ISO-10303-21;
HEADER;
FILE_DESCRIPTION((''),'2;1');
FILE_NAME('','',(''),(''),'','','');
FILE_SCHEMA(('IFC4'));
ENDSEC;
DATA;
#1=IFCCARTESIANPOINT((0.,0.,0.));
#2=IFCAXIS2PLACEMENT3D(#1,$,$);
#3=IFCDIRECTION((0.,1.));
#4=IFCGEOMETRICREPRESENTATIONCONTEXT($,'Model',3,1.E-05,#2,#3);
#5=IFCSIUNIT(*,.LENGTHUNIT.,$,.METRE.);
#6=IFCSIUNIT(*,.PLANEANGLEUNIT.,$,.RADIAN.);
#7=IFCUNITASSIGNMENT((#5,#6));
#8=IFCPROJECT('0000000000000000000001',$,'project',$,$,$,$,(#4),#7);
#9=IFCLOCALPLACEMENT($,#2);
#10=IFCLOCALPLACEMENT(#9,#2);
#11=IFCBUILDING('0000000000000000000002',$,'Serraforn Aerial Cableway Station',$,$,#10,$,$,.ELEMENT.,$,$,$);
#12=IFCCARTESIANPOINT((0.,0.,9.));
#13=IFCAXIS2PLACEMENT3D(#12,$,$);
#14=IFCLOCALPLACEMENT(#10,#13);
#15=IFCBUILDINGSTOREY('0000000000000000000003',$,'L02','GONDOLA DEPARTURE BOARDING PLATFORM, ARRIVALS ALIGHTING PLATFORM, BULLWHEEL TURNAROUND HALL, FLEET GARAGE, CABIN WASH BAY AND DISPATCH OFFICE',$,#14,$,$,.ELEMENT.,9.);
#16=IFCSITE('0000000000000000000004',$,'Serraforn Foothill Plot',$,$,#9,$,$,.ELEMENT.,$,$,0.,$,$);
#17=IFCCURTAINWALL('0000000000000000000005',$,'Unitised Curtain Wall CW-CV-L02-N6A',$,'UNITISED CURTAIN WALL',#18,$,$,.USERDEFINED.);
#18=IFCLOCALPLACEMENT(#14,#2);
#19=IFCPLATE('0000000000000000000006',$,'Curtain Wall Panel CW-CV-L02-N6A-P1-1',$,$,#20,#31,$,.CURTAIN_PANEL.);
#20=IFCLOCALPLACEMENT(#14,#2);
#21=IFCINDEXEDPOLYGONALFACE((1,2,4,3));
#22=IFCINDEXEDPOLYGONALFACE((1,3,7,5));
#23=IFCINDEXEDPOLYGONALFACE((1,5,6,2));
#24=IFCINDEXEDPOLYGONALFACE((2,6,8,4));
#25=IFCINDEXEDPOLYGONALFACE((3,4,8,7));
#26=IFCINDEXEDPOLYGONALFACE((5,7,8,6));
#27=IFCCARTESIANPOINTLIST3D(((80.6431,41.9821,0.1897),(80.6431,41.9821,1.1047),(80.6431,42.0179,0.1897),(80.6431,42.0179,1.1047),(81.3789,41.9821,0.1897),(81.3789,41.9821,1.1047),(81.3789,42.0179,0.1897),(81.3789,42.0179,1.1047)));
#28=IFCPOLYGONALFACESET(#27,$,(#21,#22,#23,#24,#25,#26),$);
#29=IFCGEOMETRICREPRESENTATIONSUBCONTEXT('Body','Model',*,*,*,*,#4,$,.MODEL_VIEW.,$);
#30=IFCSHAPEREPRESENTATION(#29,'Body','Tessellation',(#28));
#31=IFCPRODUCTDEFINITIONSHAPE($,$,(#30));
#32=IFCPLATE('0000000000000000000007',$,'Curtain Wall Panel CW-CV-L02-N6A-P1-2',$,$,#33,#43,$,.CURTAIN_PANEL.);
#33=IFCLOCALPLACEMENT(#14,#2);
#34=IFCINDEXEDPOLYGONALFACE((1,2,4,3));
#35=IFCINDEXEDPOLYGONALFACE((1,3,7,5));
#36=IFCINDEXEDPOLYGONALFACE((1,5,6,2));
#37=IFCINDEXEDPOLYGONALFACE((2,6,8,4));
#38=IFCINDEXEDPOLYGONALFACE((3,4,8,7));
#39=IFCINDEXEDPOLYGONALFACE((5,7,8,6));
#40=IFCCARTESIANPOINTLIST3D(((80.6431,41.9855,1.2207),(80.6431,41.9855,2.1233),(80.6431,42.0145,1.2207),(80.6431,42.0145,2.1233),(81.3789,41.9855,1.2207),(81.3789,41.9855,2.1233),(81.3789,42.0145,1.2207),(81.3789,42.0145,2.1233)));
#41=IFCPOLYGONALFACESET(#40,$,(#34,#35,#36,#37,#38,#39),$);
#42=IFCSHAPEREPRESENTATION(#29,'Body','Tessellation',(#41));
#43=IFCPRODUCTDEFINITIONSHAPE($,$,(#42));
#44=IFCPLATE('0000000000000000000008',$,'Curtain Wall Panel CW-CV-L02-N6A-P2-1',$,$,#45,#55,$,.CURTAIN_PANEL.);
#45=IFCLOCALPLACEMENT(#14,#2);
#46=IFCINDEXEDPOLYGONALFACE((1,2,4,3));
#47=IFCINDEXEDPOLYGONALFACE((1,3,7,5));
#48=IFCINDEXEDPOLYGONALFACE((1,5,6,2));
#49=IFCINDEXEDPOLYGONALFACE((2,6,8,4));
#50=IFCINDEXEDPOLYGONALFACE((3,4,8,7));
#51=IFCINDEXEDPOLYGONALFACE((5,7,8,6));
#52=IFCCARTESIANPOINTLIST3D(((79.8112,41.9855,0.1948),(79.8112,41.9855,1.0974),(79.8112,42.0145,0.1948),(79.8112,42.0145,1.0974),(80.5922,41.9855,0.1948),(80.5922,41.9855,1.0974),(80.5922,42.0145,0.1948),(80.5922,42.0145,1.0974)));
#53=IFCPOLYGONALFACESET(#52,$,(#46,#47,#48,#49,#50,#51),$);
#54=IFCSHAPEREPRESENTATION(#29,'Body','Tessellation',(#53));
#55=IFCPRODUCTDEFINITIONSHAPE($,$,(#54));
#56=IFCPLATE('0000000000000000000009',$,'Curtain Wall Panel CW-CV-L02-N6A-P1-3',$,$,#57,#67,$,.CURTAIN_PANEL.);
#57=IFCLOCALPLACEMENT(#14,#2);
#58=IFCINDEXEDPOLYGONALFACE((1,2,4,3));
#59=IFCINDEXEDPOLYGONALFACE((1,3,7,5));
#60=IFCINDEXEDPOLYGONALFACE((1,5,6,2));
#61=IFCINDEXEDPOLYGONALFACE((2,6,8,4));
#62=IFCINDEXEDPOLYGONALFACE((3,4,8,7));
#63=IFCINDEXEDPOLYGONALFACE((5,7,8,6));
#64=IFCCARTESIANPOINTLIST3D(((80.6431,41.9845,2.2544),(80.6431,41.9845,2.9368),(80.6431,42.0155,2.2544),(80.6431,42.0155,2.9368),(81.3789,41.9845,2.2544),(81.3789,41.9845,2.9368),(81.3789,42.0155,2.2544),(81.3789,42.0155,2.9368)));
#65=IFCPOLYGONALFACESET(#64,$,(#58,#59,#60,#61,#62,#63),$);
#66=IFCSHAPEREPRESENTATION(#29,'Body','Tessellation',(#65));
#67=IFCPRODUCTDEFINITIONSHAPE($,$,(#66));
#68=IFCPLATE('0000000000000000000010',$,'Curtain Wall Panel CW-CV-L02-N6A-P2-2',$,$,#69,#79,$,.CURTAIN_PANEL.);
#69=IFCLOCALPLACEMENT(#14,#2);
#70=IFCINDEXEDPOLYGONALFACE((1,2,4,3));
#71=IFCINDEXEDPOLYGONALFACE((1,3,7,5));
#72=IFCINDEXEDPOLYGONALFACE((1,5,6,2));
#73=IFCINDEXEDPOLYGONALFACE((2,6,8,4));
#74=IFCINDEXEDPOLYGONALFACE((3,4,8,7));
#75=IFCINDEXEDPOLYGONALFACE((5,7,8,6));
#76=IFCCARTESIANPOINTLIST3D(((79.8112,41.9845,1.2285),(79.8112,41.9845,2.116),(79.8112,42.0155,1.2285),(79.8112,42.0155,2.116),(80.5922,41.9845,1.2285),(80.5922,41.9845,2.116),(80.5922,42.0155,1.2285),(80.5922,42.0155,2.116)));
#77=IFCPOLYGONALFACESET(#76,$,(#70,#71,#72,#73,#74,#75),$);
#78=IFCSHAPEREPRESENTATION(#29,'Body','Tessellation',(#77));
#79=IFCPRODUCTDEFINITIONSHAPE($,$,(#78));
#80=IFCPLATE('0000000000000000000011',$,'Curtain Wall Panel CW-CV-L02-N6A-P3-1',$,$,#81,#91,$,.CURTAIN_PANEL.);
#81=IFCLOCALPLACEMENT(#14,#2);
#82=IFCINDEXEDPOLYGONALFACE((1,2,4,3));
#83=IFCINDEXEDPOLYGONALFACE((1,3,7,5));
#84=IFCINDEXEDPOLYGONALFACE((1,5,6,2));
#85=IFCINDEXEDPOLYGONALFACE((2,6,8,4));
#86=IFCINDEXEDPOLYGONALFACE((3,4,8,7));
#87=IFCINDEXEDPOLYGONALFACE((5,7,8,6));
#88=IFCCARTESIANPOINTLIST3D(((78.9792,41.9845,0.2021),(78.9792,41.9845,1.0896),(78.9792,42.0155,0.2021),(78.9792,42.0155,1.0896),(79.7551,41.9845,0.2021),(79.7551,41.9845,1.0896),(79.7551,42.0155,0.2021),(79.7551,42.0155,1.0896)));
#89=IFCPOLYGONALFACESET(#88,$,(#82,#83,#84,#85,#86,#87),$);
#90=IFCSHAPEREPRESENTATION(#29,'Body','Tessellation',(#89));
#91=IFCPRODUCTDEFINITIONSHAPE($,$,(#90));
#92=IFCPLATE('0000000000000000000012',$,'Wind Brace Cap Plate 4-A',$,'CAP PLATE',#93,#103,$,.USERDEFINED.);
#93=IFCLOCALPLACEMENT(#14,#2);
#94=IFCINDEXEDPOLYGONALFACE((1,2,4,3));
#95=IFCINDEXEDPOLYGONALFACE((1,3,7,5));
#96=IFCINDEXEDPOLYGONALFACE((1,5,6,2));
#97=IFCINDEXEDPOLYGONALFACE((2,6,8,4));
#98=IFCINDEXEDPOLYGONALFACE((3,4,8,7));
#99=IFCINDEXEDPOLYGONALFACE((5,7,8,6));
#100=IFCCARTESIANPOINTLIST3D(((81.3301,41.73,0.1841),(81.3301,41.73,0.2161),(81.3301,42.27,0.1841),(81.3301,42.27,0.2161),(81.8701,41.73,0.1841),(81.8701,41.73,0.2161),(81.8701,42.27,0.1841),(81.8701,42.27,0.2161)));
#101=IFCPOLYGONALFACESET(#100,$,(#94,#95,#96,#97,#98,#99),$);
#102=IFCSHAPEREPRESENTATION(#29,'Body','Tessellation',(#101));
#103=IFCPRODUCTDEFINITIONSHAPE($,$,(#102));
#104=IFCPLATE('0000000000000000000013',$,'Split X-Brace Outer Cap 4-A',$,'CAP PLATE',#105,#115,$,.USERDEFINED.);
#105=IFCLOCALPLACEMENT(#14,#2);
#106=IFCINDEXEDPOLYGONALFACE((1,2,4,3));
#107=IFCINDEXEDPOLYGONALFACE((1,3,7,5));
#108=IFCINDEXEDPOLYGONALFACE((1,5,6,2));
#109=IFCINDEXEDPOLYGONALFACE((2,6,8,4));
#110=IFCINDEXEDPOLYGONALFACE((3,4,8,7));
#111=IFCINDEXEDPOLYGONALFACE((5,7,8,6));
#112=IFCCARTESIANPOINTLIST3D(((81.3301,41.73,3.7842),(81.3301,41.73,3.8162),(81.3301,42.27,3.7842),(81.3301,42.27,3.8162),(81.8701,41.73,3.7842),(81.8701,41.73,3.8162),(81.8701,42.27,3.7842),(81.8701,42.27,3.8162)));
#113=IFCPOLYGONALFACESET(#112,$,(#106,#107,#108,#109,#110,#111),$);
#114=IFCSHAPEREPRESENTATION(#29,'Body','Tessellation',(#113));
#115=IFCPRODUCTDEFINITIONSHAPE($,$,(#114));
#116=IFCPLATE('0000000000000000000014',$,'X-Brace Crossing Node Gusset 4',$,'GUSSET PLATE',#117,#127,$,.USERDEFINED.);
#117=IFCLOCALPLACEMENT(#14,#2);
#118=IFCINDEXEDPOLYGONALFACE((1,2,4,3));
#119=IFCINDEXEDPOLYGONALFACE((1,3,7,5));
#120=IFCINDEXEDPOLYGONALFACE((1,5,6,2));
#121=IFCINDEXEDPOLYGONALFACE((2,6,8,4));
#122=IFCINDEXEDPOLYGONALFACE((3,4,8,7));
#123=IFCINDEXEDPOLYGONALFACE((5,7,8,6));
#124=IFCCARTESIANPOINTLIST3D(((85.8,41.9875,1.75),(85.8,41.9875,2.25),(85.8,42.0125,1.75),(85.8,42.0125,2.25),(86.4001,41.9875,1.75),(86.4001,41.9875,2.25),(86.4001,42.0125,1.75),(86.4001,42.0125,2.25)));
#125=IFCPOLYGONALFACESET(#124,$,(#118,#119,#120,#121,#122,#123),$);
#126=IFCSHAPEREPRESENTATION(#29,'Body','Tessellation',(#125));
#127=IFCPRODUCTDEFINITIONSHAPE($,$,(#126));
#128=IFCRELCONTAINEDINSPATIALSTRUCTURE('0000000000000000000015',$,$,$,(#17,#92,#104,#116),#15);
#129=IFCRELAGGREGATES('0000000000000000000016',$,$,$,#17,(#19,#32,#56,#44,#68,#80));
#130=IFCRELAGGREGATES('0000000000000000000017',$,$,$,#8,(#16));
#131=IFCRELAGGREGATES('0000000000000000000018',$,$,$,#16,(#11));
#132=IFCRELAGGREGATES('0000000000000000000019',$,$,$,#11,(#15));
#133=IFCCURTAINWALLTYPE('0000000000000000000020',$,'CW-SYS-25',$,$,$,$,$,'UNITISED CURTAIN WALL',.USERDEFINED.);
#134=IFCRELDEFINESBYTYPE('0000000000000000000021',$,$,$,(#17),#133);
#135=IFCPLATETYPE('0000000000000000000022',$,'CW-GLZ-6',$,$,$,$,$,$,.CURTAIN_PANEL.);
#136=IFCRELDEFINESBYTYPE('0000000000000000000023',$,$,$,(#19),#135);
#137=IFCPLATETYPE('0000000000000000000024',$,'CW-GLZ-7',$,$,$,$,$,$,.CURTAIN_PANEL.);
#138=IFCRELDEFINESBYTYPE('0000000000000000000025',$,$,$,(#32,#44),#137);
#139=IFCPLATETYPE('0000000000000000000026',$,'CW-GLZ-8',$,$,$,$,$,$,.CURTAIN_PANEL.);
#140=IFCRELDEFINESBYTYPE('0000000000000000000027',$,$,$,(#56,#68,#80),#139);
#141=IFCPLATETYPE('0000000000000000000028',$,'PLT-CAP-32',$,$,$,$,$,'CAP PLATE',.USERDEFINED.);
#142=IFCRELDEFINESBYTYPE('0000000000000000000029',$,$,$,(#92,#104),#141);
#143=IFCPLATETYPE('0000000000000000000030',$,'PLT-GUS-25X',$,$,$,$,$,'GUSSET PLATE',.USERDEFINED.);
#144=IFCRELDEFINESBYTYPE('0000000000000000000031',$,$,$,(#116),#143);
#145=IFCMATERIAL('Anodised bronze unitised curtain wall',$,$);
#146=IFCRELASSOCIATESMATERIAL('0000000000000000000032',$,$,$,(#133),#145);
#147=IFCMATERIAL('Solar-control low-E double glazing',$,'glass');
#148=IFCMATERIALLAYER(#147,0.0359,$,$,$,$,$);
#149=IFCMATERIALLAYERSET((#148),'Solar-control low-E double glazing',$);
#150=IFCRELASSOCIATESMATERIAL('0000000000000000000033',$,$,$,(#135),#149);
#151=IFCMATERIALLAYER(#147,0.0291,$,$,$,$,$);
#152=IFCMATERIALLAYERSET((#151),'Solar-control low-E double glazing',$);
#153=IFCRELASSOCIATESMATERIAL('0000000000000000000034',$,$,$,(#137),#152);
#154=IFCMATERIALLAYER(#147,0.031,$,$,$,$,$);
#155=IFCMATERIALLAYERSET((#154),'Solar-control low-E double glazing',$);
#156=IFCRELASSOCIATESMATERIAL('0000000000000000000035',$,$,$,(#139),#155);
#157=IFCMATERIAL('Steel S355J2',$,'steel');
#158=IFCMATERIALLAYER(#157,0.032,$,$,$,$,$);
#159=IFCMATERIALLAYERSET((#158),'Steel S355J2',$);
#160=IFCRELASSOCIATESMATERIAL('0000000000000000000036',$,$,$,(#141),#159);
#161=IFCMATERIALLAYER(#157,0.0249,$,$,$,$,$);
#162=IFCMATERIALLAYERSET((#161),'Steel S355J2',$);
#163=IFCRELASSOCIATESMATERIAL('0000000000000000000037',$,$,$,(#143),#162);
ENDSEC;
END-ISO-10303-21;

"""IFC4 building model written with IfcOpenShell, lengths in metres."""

from ifc_helpers import new_model, si_unit, direction, frame, origin, origin_2d, place, context, subcontext, project, spatial, rectangle, extrude, material, layer, layer_set, type_object, element, aggregate, save


model = new_model("IFC4")

# Units and contexts
model_context = context("Model", 3, precision=1e-05, world=origin(), true_north=direction((0.0, 1.0)))
body_context = subcontext(model_context, "Body", "Model", "MODEL_VIEW")
ifc_project = project(units=[si_unit("LENGTHUNIT", "METRE"), si_unit("PLANEANGLEUNIT", "RADIAN")], contexts=[model_context])

# Site, building, storey
site_placement = place(None, origin())
site = spatial("IfcSite", under=ifc_project, at=site_placement, Name="Serraforn Foothill Plot", CompositionType="ELEMENT", RefElevation=0.0)
building_placement = place(site_placement, origin())
building = spatial("IfcBuilding", under=site, at=building_placement, Name="Serraforn Aerial Cableway Station", CompositionType="ELEMENT")
storey_placement = place(building_placement, frame((0.0, 0.0, 9.0)))
storey = spatial("IfcBuildingStorey", under=building, at=storey_placement, Name="L02", Description="GONDOLA DEPARTURE BOARDING PLATFORM, ARRIVALS ALIGHTING PLATFORM, BULLWHEEL TURNAROUND HALL, FLEET GARAGE, CABIN WASH BAY AND DISPATCH OFFICE", CompositionType="ELEMENT", Elevation=9.0)

# Shared definitions
ifc_material_1 = material(Name="Steel S355J2", Category="steel")

# Curtain wall
ifc_material_2 = material(Name="Anodised bronze unitised curtain wall")
curtain_wall_type = type_object("IfcCurtainWallType", Name="CW-SYS-25", ElementType="UNITISED CURTAIN WALL", PredefinedType="USERDEFINED", material=ifc_material_2)
curtain_wall_placement = place(storey_placement, origin())
curtain_wall = element("IfcCurtainWall", 1, at=curtain_wall_placement, inside=storey, type_object=curtain_wall_type, Name="Unitised Curtain Wall CW-CV-L02-N6A", ObjectType="UNITISED CURTAIN WALL", PredefinedType="USERDEFINED")

# Plates
ifc_material_3 = material(Name="Solar-control low-E double glazing", Category="glass")
ifc_layer_1 = layer(ifc_material_3, 0.0359)
ifc_layer_set_1 = layer_set([ifc_layer_1], Name="Solar-control low-E double glazing")
plate_type_1 = type_object("IfcPlateType", Name="CW-GLZ-6", PredefinedType="CURTAIN_PANEL", material=ifc_layer_set_1)
plate_1_placement = place(storey_placement, frame((81.011, 42.0, 0.1897), z_axis=(0.0, 0.0, 1.0), x_axis=(1.0, 0.0, 0.0)))
plate_1 = element("IfcPlate", 2, at=plate_1_placement, type_object=plate_type_1, Name="Curtain Wall Panel CW-CV-L02-N6A-P1-1", PredefinedType="CURTAIN_PANEL", context=body_context, shape_type="SweptSolid", body=[
    extrude(rectangle(XDim=0.7358, YDim=0.0359, at=origin_2d()), origin(), (0.0, 0.0, 1.0), 0.915),
])
ifc_layer_2 = layer(ifc_material_3, 0.0291)
ifc_layer_set_2 = layer_set([ifc_layer_2], Name="Solar-control low-E double glazing")
plate_type_2 = type_object("IfcPlateType", Name="CW-GLZ-7", PredefinedType="CURTAIN_PANEL", material=ifc_layer_set_2)
plate_2_placement = place(storey_placement, frame((81.011, 42.0, 1.2207), z_axis=(0.0, 0.0, 1.0), x_axis=(1.0, 0.0, 0.0)))
plate_2 = element("IfcPlate", 3, at=plate_2_placement, type_object=plate_type_2, Name="Curtain Wall Panel CW-CV-L02-N6A-P1-2", PredefinedType="CURTAIN_PANEL", context=body_context, shape_type="SweptSolid", body=[
    extrude(rectangle(XDim=0.7358, YDim=0.0291, at=origin_2d()), origin(), (0.0, 0.0, 1.0), 0.9026),
])
plate_3_placement = place(storey_placement, frame((80.2017, 42.0, 0.1948), z_axis=(0.0, 0.0, 1.0), x_axis=(1.0, 0.0, 0.0)))
plate_3 = element("IfcPlate", 4, at=plate_3_placement, type_object=plate_type_2, Name="Curtain Wall Panel CW-CV-L02-N6A-P2-1", PredefinedType="CURTAIN_PANEL", context=body_context, shape_type="SweptSolid", body=[
    extrude(rectangle(XDim=0.781, YDim=0.0291, at=origin_2d()), origin(), (0.0, 0.0, 1.0), 0.9026),
])
ifc_layer_3 = layer(ifc_material_3, 0.031)
ifc_layer_set_3 = layer_set([ifc_layer_3], Name="Solar-control low-E double glazing")
plate_type_3 = type_object("IfcPlateType", Name="CW-GLZ-8", PredefinedType="CURTAIN_PANEL", material=ifc_layer_set_3)
plate_4_placement = place(storey_placement, frame((81.011, 42.0, 2.2544), z_axis=(0.0, 0.0, 1.0), x_axis=(1.0, 0.0, 0.0)))
plate_4 = element("IfcPlate", 5, at=plate_4_placement, type_object=plate_type_3, Name="Curtain Wall Panel CW-CV-L02-N6A-P1-3", PredefinedType="CURTAIN_PANEL", context=body_context, shape_type="SweptSolid", body=[
    extrude(rectangle(XDim=0.7358, YDim=0.031, at=origin_2d()), origin(), (0.0, 0.0, 1.0), 0.6824),
])
plate_5_placement = place(storey_placement, frame((80.2017, 42.0, 1.2285), z_axis=(0.0, 0.0, 1.0), x_axis=(1.0, 0.0, 0.0)))
plate_5 = element("IfcPlate", 6, at=plate_5_placement, type_object=plate_type_3, Name="Curtain Wall Panel CW-CV-L02-N6A-P2-2", PredefinedType="CURTAIN_PANEL", context=body_context, shape_type="SweptSolid", body=[
    extrude(rectangle(XDim=0.781, YDim=0.031, at=origin_2d()), origin(), (0.0, 0.0, 1.0), 0.8875),
])
plate_6_placement = place(storey_placement, frame((79.3672, 42.0, 0.2021), z_axis=(0.0, 0.0, 1.0), x_axis=(1.0, 0.0, 0.0)))
plate_6 = element("IfcPlate", 7, at=plate_6_placement, type_object=plate_type_3, Name="Curtain Wall Panel CW-CV-L02-N6A-P3-1", PredefinedType="CURTAIN_PANEL", context=body_context, shape_type="SweptSolid", body=[
    extrude(rectangle(XDim=0.7759, YDim=0.031, at=origin_2d()), origin(), (0.0, 0.0, 1.0), 0.8875),
])
aggregate(curtain_wall, [plate_1, plate_2, plate_4, plate_3, plate_5, plate_6])

# Plates
ifc_layer_4 = layer(ifc_material_1, 0.032)
ifc_layer_set_4 = layer_set([ifc_layer_4], Name="Steel S355J2")
plate_type_4 = type_object("IfcPlateType", Name="PLT-CAP-32", ElementType="CAP PLATE", PredefinedType="USERDEFINED", material=ifc_layer_set_4)
for number, where, z_axis, x_axis, name in (
    (8, (81.6001, 42.0, 0.1841), (0.0, 0.0, 1.0), (1.0, 0.0, 0.0), "Wind Brace Cap Plate 4-A"),
    (9, (81.6001, 42.0, 3.7842), (0.0, 0.0, 1.0), (1.0, 0.0, 0.0), "Split X-Brace Outer Cap 4-A"),
):
    element("IfcPlate", number, at=place(storey_placement, frame(where, z_axis=z_axis, x_axis=x_axis)), inside=storey, type_object=plate_type_4, Name=name, ObjectType="CAP PLATE", PredefinedType="USERDEFINED", context=body_context, shape_type="SweptSolid", body=[
        extrude(rectangle(XDim=0.54, YDim=0.54, at=origin_2d()), origin(), (0.0, 0.0, 1.0), 0.032),
    ])
ifc_layer_5 = layer(ifc_material_1, 0.0249)
ifc_layer_set_5 = layer_set([ifc_layer_5], Name="Steel S355J2")
plate_type_5 = type_object("IfcPlateType", Name="PLT-GUS-25X", ElementType="GUSSET PLATE", PredefinedType="USERDEFINED", material=ifc_layer_set_5)
plate_7_placement = place(storey_placement, frame((86.1001, 42.0, 1.75), z_axis=(0.0, 0.0, 1.0), x_axis=(1.0, 0.0, 0.0)))
element("IfcPlate", 10, at=plate_7_placement, inside=storey, type_object=plate_type_5, Name="X-Brace Crossing Node Gusset 4", ObjectType="GUSSET PLATE", PredefinedType="USERDEFINED", context=body_context, shape_type="SweptSolid", body=[
    extrude(rectangle(XDim=0.6001, YDim=0.0249, at=origin_2d()), origin(), (0.0, 0.0, 1.0), 0.5),
])

save(model, "model.ifc")
